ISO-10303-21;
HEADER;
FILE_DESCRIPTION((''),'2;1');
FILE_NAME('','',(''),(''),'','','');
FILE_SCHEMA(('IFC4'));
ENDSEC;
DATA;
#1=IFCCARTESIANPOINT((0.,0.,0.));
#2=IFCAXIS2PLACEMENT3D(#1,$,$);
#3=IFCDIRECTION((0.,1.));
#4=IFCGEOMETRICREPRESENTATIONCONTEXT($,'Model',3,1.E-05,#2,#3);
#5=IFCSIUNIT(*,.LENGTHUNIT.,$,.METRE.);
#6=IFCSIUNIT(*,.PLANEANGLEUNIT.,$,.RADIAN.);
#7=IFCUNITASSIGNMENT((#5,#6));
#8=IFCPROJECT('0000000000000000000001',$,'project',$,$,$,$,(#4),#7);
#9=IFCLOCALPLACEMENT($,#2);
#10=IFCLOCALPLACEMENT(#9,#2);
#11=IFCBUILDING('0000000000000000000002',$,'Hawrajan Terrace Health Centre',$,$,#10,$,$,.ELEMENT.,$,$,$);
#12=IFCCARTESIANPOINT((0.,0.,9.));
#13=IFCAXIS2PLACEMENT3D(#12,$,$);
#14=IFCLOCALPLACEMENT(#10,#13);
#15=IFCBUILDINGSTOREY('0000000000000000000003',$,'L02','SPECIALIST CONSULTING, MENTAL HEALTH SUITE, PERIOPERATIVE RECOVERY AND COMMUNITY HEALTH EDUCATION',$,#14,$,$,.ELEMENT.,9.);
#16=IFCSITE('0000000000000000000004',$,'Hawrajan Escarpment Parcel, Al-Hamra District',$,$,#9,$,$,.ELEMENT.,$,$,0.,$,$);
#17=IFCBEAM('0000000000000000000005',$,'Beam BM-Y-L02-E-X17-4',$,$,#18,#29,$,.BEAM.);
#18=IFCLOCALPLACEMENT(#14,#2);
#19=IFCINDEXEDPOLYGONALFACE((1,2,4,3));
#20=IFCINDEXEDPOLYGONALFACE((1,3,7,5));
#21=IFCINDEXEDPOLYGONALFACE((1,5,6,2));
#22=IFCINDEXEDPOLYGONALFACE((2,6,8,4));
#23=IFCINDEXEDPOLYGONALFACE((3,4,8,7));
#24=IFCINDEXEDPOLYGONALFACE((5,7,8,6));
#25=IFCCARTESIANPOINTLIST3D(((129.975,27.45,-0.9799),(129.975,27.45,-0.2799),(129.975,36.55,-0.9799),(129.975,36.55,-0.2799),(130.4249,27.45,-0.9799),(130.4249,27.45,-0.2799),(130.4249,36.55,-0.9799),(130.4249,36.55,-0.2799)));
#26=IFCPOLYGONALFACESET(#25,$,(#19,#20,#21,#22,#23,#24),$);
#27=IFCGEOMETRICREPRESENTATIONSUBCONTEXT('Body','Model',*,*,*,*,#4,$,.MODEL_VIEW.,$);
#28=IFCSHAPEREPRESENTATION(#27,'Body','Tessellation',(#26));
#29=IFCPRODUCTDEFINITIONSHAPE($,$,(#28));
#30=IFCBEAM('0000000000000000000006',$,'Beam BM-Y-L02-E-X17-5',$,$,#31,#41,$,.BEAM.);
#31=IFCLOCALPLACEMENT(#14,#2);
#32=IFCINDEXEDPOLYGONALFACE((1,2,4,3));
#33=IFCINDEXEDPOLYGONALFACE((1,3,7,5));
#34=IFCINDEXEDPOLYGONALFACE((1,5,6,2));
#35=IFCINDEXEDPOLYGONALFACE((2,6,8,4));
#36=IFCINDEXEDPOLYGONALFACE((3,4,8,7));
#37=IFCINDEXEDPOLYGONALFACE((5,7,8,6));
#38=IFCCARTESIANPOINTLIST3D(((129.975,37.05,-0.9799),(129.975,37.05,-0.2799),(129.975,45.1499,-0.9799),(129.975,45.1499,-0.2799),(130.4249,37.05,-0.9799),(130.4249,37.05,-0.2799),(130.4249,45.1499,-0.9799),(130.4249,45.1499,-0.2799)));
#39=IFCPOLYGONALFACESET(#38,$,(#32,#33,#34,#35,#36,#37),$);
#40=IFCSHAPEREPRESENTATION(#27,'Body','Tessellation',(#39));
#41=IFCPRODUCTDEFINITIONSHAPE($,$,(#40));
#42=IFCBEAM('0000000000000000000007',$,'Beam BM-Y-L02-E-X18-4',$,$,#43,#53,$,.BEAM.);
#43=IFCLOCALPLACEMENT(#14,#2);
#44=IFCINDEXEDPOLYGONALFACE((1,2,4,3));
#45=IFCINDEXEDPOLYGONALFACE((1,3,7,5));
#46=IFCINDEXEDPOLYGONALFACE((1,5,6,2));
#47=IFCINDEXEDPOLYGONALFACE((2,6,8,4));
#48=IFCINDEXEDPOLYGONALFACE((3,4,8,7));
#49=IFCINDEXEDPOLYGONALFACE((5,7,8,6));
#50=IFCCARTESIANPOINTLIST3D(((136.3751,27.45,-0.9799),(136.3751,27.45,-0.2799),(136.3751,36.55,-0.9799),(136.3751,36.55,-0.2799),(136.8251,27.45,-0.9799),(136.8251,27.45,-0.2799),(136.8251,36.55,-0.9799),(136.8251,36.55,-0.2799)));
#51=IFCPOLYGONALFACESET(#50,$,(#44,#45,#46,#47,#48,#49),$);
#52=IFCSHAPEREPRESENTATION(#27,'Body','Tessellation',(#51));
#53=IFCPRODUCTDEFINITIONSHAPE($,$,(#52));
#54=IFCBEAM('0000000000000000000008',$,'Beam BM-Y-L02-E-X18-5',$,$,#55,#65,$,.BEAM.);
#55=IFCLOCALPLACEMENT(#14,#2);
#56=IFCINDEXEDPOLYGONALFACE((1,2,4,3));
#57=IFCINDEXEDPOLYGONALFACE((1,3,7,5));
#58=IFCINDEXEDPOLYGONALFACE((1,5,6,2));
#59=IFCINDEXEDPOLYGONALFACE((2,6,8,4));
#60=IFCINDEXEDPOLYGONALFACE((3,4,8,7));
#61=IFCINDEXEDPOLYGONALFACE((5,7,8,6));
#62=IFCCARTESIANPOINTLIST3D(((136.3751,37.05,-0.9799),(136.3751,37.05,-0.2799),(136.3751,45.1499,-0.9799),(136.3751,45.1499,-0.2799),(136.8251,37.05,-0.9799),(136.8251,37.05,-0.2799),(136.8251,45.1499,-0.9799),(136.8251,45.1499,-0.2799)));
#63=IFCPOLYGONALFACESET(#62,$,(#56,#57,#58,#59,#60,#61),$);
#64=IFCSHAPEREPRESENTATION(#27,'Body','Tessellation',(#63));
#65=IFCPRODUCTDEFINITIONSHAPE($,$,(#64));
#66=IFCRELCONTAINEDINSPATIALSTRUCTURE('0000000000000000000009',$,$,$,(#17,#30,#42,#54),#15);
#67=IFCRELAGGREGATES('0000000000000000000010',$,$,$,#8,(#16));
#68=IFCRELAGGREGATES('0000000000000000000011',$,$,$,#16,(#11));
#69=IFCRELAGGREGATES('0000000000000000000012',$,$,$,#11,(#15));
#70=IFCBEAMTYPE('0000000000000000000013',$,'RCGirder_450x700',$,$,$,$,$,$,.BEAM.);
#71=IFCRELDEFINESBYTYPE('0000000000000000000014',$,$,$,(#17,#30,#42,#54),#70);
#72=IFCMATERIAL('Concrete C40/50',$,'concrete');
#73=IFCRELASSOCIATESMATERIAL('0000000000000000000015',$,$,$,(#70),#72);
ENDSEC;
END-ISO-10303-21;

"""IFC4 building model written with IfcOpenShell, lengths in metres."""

from ifc_helpers import new_model, si_unit, direction, frame, origin, origin_2d, place, context, subcontext, project, spatial, rectangle, extrude, material, material_profile, profile_set, type_object, element, save


model = new_model("IFC4")

# Units and contexts
model_context = context("Model", 3, precision=1e-05, world=origin(), true_north=direction((0.0, 1.0)))
body_context = subcontext(model_context, "Body", "Model", "MODEL_VIEW")
ifc_project = project(units=[si_unit("LENGTHUNIT", "METRE"), si_unit("PLANEANGLEUNIT", "RADIAN")], contexts=[model_context])

# Site, building, storey
site_placement = place(None, origin())
site = spatial("IfcSite", under=ifc_project, at=site_placement, Name="Hawrajan Escarpment Parcel, Al-Hamra District", CompositionType="ELEMENT", RefElevation=0.0)
building_placement = place(site_placement, origin())
building = spatial("IfcBuilding", under=site, at=building_placement, Name="Hawrajan Terrace Health Centre", CompositionType="ELEMENT")
storey_placement = place(building_placement, frame((0.0, 0.0, 9.0)))
storey = spatial("IfcBuildingStorey", under=building, at=storey_placement, Name="L02", Description="SPECIALIST CONSULTING, MENTAL HEALTH SUITE, PERIOPERATIVE RECOVERY AND COMMUNITY HEALTH EDUCATION", CompositionType="ELEMENT", Elevation=9.0)

# Beams
ifc_material_1 = material(Name="Concrete C40/50", Category="concrete")
ifc_material_profile_1 = material_profile(ifc_material_1, rectangle(XDim=0.45, YDim=0.7, at=origin_2d()), Name="RC BM 450x700")
ifc_profile_set_1 = profile_set([ifc_material_profile_1], Name="Concrete C40/50")
beam_type_1 = type_object("IfcBeamType", Name="RCGirder_450x700", PredefinedType="BEAM", material=ifc_profile_set_1)
beam_1_placement = place(storey_placement, frame((130.2, 27.45, -0.6299), z_axis=(0.0, 1.0, 0.0), x_axis=(-1.0, 0.0, 0.0)))
element("IfcBeam", 1, at=beam_1_placement, inside=storey, type_object=beam_type_1, Name="Beam BM-Y-L02-E-X17-4", PredefinedType="BEAM", context=body_context, shape_type="SweptSolid", body=[
    extrude(rectangle(XDim=0.45, YDim=0.7, at=origin_2d()), origin(), (0.0, 0.0, 1.0), 9.1001),
])
beam_2_placement = place(storey_placement, frame((130.2, 37.05, -0.6299), z_axis=(0.0, 1.0, 0.0), x_axis=(-1.0, 0.0, 0.0)))
element("IfcBeam", 2, at=beam_2_placement, inside=storey, type_object=beam_type_1, Name="Beam BM-Y-L02-E-X17-5", PredefinedType="BEAM", context=body_context, shape_type="SweptSolid", body=[
    extrude(rectangle(XDim=0.45, YDim=0.7, at=origin_2d()), origin(), (0.0, 0.0, 1.0), 8.0999),
])
beam_3_placement = place(storey_placement, frame((136.6001, 27.45, -0.6299), z_axis=(0.0, 1.0, 0.0), x_axis=(-1.0, 0.0, 0.0)))
element("IfcBeam", 3, at=beam_3_placement, inside=storey, type_object=beam_type_1, Name="Beam BM-Y-L02-E-X18-4", PredefinedType="BEAM", context=body_context, shape_type="SweptSolid", body=[
    extrude(rectangle(XDim=0.45, YDim=0.7, at=origin_2d()), origin(), (0.0, 0.0, 1.0), 9.1001),
])
beam_4_placement = place(storey_placement, frame((136.6001, 37.05, -0.6299), z_axis=(0.0, 1.0, 0.0), x_axis=(-1.0, 0.0, 0.0)))
element("IfcBeam", 4, at=beam_4_placement, inside=storey, type_object=beam_type_1, Name="Beam BM-Y-L02-E-X18-5", PredefinedType="BEAM", context=body_context, shape_type="SweptSolid", body=[
    extrude(rectangle(XDim=0.45, YDim=0.7, at=origin_2d()), origin(), (0.0, 0.0, 1.0), 8.0999),
])

save(model, "model.ifc")
